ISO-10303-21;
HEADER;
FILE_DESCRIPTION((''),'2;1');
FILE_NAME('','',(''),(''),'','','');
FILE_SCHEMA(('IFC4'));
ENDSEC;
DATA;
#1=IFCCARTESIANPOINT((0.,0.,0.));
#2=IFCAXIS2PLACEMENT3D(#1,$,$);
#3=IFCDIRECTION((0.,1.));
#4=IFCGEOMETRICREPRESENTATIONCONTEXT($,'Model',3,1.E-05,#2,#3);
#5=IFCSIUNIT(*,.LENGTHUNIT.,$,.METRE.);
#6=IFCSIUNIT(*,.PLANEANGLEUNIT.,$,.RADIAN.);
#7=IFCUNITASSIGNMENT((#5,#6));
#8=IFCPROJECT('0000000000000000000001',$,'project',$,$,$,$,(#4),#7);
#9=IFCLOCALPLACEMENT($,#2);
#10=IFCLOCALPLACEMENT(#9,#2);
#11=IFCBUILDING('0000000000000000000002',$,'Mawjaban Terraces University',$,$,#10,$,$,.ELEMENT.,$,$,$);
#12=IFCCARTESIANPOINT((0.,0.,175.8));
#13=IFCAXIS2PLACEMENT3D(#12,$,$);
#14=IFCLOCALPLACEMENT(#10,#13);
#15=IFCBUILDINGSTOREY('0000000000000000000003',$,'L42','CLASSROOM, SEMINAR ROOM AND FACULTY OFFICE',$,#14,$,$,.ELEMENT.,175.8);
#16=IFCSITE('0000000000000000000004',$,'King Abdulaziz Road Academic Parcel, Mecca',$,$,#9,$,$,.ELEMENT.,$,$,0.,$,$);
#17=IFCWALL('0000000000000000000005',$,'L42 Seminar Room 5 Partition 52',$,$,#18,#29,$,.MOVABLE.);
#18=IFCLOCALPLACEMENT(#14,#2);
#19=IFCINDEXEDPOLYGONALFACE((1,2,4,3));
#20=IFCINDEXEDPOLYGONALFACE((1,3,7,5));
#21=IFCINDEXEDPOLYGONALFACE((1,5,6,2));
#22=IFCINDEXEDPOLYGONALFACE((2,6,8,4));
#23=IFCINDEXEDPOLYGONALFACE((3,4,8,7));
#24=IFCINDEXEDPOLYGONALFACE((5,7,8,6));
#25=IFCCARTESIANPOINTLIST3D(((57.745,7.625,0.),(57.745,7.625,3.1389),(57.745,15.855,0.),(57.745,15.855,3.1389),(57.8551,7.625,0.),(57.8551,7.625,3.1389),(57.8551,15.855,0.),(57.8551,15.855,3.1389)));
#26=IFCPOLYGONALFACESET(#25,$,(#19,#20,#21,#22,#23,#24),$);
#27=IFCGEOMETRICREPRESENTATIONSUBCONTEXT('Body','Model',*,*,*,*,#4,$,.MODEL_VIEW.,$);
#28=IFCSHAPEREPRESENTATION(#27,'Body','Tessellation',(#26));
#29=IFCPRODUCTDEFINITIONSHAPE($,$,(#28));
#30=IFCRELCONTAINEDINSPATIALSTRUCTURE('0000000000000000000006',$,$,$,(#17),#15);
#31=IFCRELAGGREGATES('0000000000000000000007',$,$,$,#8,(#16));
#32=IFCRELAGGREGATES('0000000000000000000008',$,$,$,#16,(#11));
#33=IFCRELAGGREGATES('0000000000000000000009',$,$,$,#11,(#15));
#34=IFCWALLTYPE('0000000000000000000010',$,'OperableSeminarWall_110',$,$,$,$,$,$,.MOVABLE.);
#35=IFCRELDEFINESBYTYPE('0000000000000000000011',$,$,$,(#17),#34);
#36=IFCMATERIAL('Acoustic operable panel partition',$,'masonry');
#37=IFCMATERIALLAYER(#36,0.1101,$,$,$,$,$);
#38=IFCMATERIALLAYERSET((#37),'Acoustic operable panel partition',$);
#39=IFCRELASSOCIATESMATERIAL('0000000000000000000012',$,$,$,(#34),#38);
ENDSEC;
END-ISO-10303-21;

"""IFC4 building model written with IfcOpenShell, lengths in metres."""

from ifc_helpers import new_model, si_unit, direction, frame, frame_2d, origin, place, context, subcontext, project, spatial, rectangle, extrude, material, layer, layer_set, type_object, element, save


model = new_model("IFC4")

# Units and contexts
model_context = context("Model", 3, precision=1e-05, world=origin(), true_north=direction((0.0, 1.0)))
body_context = subcontext(model_context, "Body", "Model", "MODEL_VIEW")
ifc_project = project(units=[si_unit("LENGTHUNIT", "METRE"), si_unit("PLANEANGLEUNIT", "RADIAN")], contexts=[model_context])

# Site, building, storey
site_placement = place(None, origin())
site = spatial("IfcSite", under=ifc_project, at=site_placement, Name="King Abdulaziz Road Academic Parcel, Mecca", CompositionType="ELEMENT", RefElevation=0.0)
building_placement = place(site_placement, origin())
building = spatial("IfcBuilding", under=site, at=building_placement, Name="Mawjaban Terraces University", CompositionType="ELEMENT")
storey_placement = place(building_placement, frame((0.0, 0.0, 175.8)))
storey = spatial("IfcBuildingStorey", under=building, at=storey_placement, Name="L42", Description="CLASSROOM, SEMINAR ROOM AND FACULTY OFFICE", CompositionType="ELEMENT", Elevation=175.8)

# Wall
ifc_material_1 = material(Name="Acoustic operable panel partition", Category="masonry")
ifc_layer_1 = layer(ifc_material_1, 0.1101)
ifc_layer_set_1 = layer_set([ifc_layer_1], Name="Acoustic operable panel partition")
wall_type_1 = type_object("IfcWallType", Name="OperableSeminarWall_110", PredefinedType="MOVABLE", material=ifc_layer_set_1)
wall_1_placement = place(storey_placement, frame((57.8, 7.625, 0.0), z_axis=(0.0, 0.0, 1.0), x_axis=(0.0, 1.0, 0.0)))
element("IfcWall", 1, at=wall_1_placement, inside=storey, type_object=wall_type_1, Name="L42 Seminar Room 5 Partition 52", PredefinedType="MOVABLE", context=body_context, shape_type="SweptSolid", body=[
    extrude(rectangle(XDim=8.23, YDim=0.1101, at=frame_2d((4.115, 0.0))), origin(), (0.0, 0.0, 1.0), 3.1389),
])

save(model, "model.ifc")
